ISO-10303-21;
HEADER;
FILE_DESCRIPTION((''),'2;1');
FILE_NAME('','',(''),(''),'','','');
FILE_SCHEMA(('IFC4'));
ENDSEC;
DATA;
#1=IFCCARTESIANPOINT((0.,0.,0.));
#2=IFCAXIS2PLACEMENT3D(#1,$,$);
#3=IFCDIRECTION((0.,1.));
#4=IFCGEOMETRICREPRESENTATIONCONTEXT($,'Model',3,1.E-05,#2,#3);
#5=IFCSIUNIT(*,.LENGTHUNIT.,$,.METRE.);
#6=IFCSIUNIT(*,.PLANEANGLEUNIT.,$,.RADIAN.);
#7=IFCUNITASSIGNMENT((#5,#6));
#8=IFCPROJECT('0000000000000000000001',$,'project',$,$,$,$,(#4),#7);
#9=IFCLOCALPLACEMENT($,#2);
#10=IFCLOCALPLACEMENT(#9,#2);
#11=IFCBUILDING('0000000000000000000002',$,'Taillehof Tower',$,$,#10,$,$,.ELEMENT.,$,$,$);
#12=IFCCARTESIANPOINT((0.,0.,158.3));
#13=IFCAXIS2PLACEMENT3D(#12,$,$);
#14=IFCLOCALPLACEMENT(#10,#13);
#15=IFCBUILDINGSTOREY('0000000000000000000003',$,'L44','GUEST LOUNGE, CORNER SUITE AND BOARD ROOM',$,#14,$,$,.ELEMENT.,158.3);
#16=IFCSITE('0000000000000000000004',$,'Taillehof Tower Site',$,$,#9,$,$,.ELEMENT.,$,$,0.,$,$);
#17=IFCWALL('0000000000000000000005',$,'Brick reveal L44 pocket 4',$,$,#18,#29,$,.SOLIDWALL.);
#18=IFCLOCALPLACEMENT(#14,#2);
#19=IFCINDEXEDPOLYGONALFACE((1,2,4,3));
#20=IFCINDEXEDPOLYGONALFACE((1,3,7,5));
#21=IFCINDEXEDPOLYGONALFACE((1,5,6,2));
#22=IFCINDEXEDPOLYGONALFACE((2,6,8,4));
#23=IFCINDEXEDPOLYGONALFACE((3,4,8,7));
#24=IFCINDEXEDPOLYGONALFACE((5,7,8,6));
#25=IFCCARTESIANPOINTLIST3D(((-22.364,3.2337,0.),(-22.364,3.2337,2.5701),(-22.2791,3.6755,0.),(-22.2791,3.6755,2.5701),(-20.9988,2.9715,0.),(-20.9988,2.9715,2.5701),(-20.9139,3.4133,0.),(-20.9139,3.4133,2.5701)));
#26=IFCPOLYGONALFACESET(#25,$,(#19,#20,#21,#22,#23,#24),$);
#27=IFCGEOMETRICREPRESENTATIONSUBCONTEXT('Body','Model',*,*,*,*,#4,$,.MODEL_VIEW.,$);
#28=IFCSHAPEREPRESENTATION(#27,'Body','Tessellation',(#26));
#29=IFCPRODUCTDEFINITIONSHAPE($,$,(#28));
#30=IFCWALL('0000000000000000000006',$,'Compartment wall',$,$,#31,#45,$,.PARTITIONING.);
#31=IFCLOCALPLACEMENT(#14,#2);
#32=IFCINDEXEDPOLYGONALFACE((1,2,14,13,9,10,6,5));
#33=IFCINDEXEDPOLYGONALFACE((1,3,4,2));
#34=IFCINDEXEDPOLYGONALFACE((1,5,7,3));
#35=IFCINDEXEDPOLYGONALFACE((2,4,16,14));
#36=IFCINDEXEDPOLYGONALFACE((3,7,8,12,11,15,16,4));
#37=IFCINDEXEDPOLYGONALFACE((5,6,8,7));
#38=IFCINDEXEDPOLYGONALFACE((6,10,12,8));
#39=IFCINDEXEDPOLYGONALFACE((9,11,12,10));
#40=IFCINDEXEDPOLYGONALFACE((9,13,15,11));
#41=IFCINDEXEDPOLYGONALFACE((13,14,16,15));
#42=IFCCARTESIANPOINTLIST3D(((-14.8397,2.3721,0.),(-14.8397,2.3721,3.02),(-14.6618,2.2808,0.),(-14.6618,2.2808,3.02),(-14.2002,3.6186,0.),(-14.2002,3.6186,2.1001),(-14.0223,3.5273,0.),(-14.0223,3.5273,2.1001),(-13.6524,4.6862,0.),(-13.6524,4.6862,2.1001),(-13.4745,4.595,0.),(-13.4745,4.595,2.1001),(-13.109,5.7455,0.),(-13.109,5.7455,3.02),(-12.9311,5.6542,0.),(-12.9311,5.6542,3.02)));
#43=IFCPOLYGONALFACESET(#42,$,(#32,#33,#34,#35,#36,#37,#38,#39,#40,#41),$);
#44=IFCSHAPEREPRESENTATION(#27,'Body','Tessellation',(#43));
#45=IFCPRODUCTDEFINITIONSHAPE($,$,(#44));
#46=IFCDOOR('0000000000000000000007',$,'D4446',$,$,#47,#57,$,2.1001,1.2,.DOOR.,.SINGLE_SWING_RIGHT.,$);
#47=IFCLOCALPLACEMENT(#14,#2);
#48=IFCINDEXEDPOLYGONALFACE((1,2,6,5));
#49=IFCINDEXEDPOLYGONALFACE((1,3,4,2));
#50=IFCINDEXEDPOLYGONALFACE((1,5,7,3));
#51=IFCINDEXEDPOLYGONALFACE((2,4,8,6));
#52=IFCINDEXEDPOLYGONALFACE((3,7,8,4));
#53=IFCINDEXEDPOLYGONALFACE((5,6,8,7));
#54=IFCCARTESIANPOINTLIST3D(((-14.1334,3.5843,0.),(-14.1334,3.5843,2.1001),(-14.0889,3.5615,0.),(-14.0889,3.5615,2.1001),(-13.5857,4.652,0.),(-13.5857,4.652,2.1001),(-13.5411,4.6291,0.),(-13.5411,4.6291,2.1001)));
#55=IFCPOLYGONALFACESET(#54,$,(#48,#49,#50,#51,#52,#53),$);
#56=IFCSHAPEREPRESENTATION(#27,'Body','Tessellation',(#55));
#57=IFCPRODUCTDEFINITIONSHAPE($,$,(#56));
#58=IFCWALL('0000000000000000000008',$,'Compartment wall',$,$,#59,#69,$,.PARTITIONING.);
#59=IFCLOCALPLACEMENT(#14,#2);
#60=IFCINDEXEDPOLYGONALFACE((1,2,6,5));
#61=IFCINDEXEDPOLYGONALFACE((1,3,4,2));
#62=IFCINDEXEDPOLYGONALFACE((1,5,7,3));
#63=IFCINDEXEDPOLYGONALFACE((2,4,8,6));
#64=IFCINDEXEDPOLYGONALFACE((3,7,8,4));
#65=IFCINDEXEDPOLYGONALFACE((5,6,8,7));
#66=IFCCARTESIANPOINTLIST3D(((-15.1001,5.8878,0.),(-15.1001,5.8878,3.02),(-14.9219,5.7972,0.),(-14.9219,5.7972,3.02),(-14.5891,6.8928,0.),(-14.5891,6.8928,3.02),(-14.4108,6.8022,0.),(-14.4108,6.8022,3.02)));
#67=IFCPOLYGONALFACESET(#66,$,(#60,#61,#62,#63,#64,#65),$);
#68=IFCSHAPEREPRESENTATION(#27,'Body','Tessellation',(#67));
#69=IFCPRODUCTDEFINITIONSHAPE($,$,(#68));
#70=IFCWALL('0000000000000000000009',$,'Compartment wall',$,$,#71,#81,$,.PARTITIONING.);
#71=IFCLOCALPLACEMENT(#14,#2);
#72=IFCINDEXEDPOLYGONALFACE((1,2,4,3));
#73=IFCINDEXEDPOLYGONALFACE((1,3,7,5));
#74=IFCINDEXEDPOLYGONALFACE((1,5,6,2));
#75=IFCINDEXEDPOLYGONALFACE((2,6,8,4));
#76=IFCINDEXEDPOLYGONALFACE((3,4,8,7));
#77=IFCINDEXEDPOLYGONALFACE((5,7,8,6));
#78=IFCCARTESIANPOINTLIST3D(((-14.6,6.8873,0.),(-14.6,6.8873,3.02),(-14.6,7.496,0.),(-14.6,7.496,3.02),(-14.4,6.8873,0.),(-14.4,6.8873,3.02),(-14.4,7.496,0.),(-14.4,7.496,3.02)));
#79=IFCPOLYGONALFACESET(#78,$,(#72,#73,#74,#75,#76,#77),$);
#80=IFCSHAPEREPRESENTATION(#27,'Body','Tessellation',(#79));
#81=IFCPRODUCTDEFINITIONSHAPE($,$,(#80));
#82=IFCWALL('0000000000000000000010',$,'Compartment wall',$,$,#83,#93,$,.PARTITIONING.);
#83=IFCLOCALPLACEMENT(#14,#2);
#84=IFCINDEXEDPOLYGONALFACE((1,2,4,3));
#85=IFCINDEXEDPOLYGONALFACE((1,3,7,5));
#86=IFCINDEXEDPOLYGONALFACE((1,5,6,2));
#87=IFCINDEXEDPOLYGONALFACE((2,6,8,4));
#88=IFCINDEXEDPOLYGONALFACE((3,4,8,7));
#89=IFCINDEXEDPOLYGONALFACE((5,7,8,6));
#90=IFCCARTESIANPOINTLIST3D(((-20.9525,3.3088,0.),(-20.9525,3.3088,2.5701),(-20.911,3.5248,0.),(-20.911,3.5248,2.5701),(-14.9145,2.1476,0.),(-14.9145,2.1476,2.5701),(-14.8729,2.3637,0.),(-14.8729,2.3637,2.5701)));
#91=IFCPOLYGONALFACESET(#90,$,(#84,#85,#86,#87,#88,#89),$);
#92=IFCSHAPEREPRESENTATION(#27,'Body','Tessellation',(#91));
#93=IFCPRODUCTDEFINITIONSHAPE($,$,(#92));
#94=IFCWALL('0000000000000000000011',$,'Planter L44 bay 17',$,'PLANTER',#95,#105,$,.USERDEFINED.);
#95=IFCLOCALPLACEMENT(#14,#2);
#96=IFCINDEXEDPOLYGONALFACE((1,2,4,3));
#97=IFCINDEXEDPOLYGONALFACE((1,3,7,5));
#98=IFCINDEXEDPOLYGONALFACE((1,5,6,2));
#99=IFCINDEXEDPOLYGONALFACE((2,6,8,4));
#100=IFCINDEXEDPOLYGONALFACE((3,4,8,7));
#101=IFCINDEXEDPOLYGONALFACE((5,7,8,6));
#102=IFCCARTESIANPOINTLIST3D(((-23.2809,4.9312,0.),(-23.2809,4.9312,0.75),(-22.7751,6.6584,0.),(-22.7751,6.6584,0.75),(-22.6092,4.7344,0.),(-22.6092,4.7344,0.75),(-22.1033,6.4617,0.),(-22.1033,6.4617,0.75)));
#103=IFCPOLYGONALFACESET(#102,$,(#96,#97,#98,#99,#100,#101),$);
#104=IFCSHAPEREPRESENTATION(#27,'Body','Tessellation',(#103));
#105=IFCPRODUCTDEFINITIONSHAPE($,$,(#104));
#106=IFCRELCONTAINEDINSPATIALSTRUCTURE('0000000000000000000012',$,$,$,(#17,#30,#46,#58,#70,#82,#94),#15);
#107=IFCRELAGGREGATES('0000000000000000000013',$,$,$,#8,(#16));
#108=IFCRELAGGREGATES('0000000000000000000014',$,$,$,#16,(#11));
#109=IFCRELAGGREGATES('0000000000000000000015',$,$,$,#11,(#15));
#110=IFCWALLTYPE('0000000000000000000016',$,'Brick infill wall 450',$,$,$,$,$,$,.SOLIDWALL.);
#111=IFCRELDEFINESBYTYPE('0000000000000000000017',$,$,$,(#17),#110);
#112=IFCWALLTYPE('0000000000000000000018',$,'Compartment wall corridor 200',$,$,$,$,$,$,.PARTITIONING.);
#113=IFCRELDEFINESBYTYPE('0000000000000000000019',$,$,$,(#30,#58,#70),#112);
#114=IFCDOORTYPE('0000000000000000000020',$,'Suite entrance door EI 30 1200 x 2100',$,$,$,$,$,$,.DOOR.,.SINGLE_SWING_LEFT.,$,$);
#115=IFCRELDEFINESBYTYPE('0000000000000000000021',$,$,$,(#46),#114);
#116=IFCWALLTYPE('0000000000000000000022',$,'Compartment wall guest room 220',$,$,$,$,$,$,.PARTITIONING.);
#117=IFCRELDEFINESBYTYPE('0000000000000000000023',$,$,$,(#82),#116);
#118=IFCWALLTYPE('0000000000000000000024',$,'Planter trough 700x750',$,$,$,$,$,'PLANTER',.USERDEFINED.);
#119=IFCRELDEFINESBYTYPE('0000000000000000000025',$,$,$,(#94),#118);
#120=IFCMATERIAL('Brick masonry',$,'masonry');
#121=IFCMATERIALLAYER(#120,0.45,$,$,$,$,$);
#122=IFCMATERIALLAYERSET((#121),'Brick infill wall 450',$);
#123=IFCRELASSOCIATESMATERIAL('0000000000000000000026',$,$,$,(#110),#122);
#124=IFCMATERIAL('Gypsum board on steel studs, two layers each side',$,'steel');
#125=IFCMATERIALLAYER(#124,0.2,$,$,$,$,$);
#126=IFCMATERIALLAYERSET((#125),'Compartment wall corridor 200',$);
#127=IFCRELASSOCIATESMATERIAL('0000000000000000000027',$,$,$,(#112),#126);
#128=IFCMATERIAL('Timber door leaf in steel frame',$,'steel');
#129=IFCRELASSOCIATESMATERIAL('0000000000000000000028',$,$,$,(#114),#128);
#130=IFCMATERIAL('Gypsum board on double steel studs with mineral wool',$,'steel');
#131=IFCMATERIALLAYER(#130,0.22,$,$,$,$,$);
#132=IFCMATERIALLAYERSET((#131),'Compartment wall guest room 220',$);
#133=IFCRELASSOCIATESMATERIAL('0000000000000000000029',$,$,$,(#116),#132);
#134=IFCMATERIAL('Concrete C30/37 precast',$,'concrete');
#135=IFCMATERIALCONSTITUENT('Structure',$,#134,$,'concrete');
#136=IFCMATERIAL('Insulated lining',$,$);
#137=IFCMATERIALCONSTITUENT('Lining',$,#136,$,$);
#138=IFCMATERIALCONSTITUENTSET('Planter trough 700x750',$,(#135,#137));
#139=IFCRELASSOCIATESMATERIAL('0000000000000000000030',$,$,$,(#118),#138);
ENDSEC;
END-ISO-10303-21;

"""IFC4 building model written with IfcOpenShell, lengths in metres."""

from ifc_helpers import new_model, si_unit, direction, frame, frame_2d, origin, place, context, subcontext, project, spatial, rectangle, extrude, material, layer, layer_set, constituent, constituent_set, type_object, element, fill, save


model = new_model("IFC4")

# Units and contexts
model_context = context("Model", 3, precision=1e-05, world=origin(), true_north=direction((0.0, 1.0)))
body_context = subcontext(model_context, "Body", "Model", "MODEL_VIEW")
ifc_project = project(units=[si_unit("LENGTHUNIT", "METRE"), si_unit("PLANEANGLEUNIT", "RADIAN")], contexts=[model_context])

# Site, building, storey
site_placement = place(None, origin())
site = spatial("IfcSite", under=ifc_project, at=site_placement, Name="Taillehof Tower Site", CompositionType="ELEMENT", RefElevation=0.0)
building_placement = place(site_placement, origin())
building = spatial("IfcBuilding", under=site, at=building_placement, Name="Taillehof Tower", CompositionType="ELEMENT")
storey_placement = place(building_placement, frame((0.0, 0.0, 158.3)))
storey = spatial("IfcBuildingStorey", under=building, at=storey_placement, Name="L44", Description="GUEST LOUNGE, CORNER SUITE AND BOARD ROOM", CompositionType="ELEMENT", Elevation=158.3)

# Shared definitions
ifc_material_1 = material(Name="Brick masonry", Category="masonry")
ifc_layer_1 = layer(ifc_material_1, 0.45)
ifc_layer_set_1 = layer_set([ifc_layer_1], Name="Brick infill wall 450")
wall_type_1 = type_object("IfcWallType", Name="Brick infill wall 450", PredefinedType="SOLIDWALL", material=ifc_layer_set_1)

# Wall
wall_1_placement = place(storey_placement, frame((-22.3215, 3.4546, 0.0), z_axis=(0.0, 0.0, 1.0), x_axis=(0.982052, -0.188613, 0.0)))
element("IfcWall", 1, at=wall_1_placement, inside=storey, type_object=wall_type_1, Name="Brick reveal L44 pocket 4", PredefinedType="SOLIDWALL", context=body_context, shape_type="SweptSolid", body=[
    extrude(rectangle(XDim=1.3901, YDim=0.45, at=frame_2d((0.6951, 0.0))), origin(), (0.0, 0.0, 1.0), 2.5701),
])

# Wall, opening, door
ifc_material_2 = material(Name="Gypsum board on steel studs, two layers each side", Category="steel")
ifc_layer_2 = layer(ifc_material_2, 0.2)
ifc_layer_set_2 = layer_set([ifc_layer_2], Name="Compartment wall corridor 200")
wall_type_2 = type_object("IfcWallType", Name="Compartment wall corridor 200", PredefinedType="PARTITIONING", material=ifc_layer_set_2)
wall_2_placement = place(storey_placement, frame((-14.7507, 2.3264, 0.0), z_axis=(0.0, 0.0, 1.0), x_axis=(0.456462, 0.889743, 0.0)))
wall_2 = element("IfcWall", 2, at=wall_2_placement, inside=storey, type_object=wall_type_2, Name="Compartment wall", PredefinedType="PARTITIONING", context=body_context, shape_type="SweptSolid", body=[
    extrude(rectangle(XDim=3.7915, YDim=0.2, at=frame_2d((1.8958, 0.0))), origin(), (0.0, 0.0, 1.0), 3.02),
])
opening_1_placement = place(wall_2_placement, frame((1.4009, 0.0, 0.0)))
opening_1 = element("IfcOpeningElement", 3, at=opening_1_placement, cuts=wall_2, PredefinedType="OPENING", context=body_context, shape_type="SweptSolid", body=[
    extrude(rectangle(XDim=1.2, YDim=2.1001, at=frame_2d((0.6001, 1.05))), frame((0.0, 0.1099, 0.0), z_axis=(0.0, -1.0, 0.0), x_axis=(1.0, 0.0, 0.0)), (0.0, 0.0, 1.0), 0.22),
])
ifc_material_3 = material(Name="Timber door leaf in steel frame", Category="steel")
door_type_1 = type_object("IfcDoorType", Name="Suite entrance door EI 30 1200 x 2100", OperationType="SINGLE_SWING_LEFT", PredefinedType="DOOR", material=ifc_material_3)
door_1_placement = place(opening_1_placement, origin())
door_1 = element("IfcDoor", 4, at=door_1_placement, inside=storey, type_object=door_type_1, Name="D4446", OperationType="SINGLE_SWING_RIGHT", OverallHeight=2.1001, OverallWidth=1.2, PredefinedType="DOOR", context=body_context, shape_type="SweptSolid", body=[
    extrude(rectangle(XDim=1.2, YDim=2.1001, at=frame_2d((0.6001, 1.05))), frame((0.0, 0.0249, 0.0), z_axis=(0.0, -1.0, 0.0), x_axis=(1.0, 0.0, 0.0)), (0.0, 0.0, 1.0), 0.05),
])
fill(opening_1, door_1)

# Walls
wall_3_placement = place(storey_placement, frame((-15.011, 5.8425, 0.0), z_axis=(0.0, 0.0, 1.0), x_axis=(0.453267, 0.891375, 0.0)))
element("IfcWall", 5, at=wall_3_placement, inside=storey, type_object=wall_type_2, Name="Compartment wall", PredefinedType="PARTITIONING", context=body_context, shape_type="SweptSolid", body=[
    extrude(rectangle(XDim=1.1274, YDim=0.2, at=frame_2d((0.5637, 0.0))), origin(), (0.0, 0.0, 1.0), 3.02),
])
wall_4_placement = place(storey_placement, frame((-14.5, 6.8875, 0.0), z_axis=(0.0, 0.0, 1.0), x_axis=(0.0, 1.0, 0.0)))
element("IfcWall", 6, at=wall_4_placement, inside=storey, type_object=wall_type_2, Name="Compartment wall", PredefinedType="PARTITIONING", context=body_context, shape_type="SweptSolid", body=[
    extrude(rectangle(XDim=0.6086, YDim=0.2, at=frame_2d((0.3042, 0.0))), origin(), (0.0, 0.0, 1.0), 3.02),
])
ifc_material_4 = material(Name="Gypsum board on double steel studs with mineral wool", Category="steel")
ifc_layer_3 = layer(ifc_material_4, 0.22)
ifc_layer_set_3 = layer_set([ifc_layer_3], Name="Compartment wall guest room 220")
wall_type_3 = type_object("IfcWallType", Name="Compartment wall guest room 220", PredefinedType="PARTITIONING", material=ifc_layer_set_3)
wall_5_placement = place(storey_placement, frame((-20.9316, 3.4167, 0.0), z_axis=(0.0, 0.0, 1.0), x_axis=(0.982008, -0.188842, 0.0)))
element("IfcWall", 7, at=wall_5_placement, inside=storey, type_object=wall_type_3, Name="Compartment wall", PredefinedType="PARTITIONING", context=body_context, shape_type="SweptSolid", body=[
    extrude(rectangle(XDim=6.1487, YDim=0.22, at=frame_2d((3.0742, 0.0))), origin(), (0.0, 0.0, 1.0), 2.5701),
])
ifc_material_5 = material(Name="Concrete C30/37 precast", Category="concrete")
ifc_constituent_1 = constituent(ifc_material_5, Name="Structure", Category="concrete")
ifc_material_6 = material(Name="Insulated lining")
ifc_constituent_2 = constituent(ifc_material_6, Name="Lining")
ifc_constituent_set = constituent_set(constituents=[ifc_constituent_1, ifc_constituent_2], Name="Planter trough 700x750")
wall_type_4 = type_object("IfcWallType", Name="Planter trough 700x750", ElementType="PLANTER", PredefinedType="USERDEFINED", material=ifc_constituent_set)
wall_6_placement = place(storey_placement, frame((-22.4392, 6.5601, 0.0), z_axis=(0.0, 0.0, 1.0), x_axis=(-0.281057, -0.959691, 0.0)))
element("IfcWall", 8, at=wall_6_placement, inside=storey, type_object=wall_type_4, Name="Planter L44 bay 17", ObjectType="PLANTER", PredefinedType="USERDEFINED", context=body_context, shape_type="SweptSolid", body=[
    extrude(rectangle(XDim=1.7998, YDim=0.7, at=frame_2d((0.8999, 0.0))), origin(), (0.0, 0.0, 1.0), 0.75),
])

save(model, "model.ifc")
